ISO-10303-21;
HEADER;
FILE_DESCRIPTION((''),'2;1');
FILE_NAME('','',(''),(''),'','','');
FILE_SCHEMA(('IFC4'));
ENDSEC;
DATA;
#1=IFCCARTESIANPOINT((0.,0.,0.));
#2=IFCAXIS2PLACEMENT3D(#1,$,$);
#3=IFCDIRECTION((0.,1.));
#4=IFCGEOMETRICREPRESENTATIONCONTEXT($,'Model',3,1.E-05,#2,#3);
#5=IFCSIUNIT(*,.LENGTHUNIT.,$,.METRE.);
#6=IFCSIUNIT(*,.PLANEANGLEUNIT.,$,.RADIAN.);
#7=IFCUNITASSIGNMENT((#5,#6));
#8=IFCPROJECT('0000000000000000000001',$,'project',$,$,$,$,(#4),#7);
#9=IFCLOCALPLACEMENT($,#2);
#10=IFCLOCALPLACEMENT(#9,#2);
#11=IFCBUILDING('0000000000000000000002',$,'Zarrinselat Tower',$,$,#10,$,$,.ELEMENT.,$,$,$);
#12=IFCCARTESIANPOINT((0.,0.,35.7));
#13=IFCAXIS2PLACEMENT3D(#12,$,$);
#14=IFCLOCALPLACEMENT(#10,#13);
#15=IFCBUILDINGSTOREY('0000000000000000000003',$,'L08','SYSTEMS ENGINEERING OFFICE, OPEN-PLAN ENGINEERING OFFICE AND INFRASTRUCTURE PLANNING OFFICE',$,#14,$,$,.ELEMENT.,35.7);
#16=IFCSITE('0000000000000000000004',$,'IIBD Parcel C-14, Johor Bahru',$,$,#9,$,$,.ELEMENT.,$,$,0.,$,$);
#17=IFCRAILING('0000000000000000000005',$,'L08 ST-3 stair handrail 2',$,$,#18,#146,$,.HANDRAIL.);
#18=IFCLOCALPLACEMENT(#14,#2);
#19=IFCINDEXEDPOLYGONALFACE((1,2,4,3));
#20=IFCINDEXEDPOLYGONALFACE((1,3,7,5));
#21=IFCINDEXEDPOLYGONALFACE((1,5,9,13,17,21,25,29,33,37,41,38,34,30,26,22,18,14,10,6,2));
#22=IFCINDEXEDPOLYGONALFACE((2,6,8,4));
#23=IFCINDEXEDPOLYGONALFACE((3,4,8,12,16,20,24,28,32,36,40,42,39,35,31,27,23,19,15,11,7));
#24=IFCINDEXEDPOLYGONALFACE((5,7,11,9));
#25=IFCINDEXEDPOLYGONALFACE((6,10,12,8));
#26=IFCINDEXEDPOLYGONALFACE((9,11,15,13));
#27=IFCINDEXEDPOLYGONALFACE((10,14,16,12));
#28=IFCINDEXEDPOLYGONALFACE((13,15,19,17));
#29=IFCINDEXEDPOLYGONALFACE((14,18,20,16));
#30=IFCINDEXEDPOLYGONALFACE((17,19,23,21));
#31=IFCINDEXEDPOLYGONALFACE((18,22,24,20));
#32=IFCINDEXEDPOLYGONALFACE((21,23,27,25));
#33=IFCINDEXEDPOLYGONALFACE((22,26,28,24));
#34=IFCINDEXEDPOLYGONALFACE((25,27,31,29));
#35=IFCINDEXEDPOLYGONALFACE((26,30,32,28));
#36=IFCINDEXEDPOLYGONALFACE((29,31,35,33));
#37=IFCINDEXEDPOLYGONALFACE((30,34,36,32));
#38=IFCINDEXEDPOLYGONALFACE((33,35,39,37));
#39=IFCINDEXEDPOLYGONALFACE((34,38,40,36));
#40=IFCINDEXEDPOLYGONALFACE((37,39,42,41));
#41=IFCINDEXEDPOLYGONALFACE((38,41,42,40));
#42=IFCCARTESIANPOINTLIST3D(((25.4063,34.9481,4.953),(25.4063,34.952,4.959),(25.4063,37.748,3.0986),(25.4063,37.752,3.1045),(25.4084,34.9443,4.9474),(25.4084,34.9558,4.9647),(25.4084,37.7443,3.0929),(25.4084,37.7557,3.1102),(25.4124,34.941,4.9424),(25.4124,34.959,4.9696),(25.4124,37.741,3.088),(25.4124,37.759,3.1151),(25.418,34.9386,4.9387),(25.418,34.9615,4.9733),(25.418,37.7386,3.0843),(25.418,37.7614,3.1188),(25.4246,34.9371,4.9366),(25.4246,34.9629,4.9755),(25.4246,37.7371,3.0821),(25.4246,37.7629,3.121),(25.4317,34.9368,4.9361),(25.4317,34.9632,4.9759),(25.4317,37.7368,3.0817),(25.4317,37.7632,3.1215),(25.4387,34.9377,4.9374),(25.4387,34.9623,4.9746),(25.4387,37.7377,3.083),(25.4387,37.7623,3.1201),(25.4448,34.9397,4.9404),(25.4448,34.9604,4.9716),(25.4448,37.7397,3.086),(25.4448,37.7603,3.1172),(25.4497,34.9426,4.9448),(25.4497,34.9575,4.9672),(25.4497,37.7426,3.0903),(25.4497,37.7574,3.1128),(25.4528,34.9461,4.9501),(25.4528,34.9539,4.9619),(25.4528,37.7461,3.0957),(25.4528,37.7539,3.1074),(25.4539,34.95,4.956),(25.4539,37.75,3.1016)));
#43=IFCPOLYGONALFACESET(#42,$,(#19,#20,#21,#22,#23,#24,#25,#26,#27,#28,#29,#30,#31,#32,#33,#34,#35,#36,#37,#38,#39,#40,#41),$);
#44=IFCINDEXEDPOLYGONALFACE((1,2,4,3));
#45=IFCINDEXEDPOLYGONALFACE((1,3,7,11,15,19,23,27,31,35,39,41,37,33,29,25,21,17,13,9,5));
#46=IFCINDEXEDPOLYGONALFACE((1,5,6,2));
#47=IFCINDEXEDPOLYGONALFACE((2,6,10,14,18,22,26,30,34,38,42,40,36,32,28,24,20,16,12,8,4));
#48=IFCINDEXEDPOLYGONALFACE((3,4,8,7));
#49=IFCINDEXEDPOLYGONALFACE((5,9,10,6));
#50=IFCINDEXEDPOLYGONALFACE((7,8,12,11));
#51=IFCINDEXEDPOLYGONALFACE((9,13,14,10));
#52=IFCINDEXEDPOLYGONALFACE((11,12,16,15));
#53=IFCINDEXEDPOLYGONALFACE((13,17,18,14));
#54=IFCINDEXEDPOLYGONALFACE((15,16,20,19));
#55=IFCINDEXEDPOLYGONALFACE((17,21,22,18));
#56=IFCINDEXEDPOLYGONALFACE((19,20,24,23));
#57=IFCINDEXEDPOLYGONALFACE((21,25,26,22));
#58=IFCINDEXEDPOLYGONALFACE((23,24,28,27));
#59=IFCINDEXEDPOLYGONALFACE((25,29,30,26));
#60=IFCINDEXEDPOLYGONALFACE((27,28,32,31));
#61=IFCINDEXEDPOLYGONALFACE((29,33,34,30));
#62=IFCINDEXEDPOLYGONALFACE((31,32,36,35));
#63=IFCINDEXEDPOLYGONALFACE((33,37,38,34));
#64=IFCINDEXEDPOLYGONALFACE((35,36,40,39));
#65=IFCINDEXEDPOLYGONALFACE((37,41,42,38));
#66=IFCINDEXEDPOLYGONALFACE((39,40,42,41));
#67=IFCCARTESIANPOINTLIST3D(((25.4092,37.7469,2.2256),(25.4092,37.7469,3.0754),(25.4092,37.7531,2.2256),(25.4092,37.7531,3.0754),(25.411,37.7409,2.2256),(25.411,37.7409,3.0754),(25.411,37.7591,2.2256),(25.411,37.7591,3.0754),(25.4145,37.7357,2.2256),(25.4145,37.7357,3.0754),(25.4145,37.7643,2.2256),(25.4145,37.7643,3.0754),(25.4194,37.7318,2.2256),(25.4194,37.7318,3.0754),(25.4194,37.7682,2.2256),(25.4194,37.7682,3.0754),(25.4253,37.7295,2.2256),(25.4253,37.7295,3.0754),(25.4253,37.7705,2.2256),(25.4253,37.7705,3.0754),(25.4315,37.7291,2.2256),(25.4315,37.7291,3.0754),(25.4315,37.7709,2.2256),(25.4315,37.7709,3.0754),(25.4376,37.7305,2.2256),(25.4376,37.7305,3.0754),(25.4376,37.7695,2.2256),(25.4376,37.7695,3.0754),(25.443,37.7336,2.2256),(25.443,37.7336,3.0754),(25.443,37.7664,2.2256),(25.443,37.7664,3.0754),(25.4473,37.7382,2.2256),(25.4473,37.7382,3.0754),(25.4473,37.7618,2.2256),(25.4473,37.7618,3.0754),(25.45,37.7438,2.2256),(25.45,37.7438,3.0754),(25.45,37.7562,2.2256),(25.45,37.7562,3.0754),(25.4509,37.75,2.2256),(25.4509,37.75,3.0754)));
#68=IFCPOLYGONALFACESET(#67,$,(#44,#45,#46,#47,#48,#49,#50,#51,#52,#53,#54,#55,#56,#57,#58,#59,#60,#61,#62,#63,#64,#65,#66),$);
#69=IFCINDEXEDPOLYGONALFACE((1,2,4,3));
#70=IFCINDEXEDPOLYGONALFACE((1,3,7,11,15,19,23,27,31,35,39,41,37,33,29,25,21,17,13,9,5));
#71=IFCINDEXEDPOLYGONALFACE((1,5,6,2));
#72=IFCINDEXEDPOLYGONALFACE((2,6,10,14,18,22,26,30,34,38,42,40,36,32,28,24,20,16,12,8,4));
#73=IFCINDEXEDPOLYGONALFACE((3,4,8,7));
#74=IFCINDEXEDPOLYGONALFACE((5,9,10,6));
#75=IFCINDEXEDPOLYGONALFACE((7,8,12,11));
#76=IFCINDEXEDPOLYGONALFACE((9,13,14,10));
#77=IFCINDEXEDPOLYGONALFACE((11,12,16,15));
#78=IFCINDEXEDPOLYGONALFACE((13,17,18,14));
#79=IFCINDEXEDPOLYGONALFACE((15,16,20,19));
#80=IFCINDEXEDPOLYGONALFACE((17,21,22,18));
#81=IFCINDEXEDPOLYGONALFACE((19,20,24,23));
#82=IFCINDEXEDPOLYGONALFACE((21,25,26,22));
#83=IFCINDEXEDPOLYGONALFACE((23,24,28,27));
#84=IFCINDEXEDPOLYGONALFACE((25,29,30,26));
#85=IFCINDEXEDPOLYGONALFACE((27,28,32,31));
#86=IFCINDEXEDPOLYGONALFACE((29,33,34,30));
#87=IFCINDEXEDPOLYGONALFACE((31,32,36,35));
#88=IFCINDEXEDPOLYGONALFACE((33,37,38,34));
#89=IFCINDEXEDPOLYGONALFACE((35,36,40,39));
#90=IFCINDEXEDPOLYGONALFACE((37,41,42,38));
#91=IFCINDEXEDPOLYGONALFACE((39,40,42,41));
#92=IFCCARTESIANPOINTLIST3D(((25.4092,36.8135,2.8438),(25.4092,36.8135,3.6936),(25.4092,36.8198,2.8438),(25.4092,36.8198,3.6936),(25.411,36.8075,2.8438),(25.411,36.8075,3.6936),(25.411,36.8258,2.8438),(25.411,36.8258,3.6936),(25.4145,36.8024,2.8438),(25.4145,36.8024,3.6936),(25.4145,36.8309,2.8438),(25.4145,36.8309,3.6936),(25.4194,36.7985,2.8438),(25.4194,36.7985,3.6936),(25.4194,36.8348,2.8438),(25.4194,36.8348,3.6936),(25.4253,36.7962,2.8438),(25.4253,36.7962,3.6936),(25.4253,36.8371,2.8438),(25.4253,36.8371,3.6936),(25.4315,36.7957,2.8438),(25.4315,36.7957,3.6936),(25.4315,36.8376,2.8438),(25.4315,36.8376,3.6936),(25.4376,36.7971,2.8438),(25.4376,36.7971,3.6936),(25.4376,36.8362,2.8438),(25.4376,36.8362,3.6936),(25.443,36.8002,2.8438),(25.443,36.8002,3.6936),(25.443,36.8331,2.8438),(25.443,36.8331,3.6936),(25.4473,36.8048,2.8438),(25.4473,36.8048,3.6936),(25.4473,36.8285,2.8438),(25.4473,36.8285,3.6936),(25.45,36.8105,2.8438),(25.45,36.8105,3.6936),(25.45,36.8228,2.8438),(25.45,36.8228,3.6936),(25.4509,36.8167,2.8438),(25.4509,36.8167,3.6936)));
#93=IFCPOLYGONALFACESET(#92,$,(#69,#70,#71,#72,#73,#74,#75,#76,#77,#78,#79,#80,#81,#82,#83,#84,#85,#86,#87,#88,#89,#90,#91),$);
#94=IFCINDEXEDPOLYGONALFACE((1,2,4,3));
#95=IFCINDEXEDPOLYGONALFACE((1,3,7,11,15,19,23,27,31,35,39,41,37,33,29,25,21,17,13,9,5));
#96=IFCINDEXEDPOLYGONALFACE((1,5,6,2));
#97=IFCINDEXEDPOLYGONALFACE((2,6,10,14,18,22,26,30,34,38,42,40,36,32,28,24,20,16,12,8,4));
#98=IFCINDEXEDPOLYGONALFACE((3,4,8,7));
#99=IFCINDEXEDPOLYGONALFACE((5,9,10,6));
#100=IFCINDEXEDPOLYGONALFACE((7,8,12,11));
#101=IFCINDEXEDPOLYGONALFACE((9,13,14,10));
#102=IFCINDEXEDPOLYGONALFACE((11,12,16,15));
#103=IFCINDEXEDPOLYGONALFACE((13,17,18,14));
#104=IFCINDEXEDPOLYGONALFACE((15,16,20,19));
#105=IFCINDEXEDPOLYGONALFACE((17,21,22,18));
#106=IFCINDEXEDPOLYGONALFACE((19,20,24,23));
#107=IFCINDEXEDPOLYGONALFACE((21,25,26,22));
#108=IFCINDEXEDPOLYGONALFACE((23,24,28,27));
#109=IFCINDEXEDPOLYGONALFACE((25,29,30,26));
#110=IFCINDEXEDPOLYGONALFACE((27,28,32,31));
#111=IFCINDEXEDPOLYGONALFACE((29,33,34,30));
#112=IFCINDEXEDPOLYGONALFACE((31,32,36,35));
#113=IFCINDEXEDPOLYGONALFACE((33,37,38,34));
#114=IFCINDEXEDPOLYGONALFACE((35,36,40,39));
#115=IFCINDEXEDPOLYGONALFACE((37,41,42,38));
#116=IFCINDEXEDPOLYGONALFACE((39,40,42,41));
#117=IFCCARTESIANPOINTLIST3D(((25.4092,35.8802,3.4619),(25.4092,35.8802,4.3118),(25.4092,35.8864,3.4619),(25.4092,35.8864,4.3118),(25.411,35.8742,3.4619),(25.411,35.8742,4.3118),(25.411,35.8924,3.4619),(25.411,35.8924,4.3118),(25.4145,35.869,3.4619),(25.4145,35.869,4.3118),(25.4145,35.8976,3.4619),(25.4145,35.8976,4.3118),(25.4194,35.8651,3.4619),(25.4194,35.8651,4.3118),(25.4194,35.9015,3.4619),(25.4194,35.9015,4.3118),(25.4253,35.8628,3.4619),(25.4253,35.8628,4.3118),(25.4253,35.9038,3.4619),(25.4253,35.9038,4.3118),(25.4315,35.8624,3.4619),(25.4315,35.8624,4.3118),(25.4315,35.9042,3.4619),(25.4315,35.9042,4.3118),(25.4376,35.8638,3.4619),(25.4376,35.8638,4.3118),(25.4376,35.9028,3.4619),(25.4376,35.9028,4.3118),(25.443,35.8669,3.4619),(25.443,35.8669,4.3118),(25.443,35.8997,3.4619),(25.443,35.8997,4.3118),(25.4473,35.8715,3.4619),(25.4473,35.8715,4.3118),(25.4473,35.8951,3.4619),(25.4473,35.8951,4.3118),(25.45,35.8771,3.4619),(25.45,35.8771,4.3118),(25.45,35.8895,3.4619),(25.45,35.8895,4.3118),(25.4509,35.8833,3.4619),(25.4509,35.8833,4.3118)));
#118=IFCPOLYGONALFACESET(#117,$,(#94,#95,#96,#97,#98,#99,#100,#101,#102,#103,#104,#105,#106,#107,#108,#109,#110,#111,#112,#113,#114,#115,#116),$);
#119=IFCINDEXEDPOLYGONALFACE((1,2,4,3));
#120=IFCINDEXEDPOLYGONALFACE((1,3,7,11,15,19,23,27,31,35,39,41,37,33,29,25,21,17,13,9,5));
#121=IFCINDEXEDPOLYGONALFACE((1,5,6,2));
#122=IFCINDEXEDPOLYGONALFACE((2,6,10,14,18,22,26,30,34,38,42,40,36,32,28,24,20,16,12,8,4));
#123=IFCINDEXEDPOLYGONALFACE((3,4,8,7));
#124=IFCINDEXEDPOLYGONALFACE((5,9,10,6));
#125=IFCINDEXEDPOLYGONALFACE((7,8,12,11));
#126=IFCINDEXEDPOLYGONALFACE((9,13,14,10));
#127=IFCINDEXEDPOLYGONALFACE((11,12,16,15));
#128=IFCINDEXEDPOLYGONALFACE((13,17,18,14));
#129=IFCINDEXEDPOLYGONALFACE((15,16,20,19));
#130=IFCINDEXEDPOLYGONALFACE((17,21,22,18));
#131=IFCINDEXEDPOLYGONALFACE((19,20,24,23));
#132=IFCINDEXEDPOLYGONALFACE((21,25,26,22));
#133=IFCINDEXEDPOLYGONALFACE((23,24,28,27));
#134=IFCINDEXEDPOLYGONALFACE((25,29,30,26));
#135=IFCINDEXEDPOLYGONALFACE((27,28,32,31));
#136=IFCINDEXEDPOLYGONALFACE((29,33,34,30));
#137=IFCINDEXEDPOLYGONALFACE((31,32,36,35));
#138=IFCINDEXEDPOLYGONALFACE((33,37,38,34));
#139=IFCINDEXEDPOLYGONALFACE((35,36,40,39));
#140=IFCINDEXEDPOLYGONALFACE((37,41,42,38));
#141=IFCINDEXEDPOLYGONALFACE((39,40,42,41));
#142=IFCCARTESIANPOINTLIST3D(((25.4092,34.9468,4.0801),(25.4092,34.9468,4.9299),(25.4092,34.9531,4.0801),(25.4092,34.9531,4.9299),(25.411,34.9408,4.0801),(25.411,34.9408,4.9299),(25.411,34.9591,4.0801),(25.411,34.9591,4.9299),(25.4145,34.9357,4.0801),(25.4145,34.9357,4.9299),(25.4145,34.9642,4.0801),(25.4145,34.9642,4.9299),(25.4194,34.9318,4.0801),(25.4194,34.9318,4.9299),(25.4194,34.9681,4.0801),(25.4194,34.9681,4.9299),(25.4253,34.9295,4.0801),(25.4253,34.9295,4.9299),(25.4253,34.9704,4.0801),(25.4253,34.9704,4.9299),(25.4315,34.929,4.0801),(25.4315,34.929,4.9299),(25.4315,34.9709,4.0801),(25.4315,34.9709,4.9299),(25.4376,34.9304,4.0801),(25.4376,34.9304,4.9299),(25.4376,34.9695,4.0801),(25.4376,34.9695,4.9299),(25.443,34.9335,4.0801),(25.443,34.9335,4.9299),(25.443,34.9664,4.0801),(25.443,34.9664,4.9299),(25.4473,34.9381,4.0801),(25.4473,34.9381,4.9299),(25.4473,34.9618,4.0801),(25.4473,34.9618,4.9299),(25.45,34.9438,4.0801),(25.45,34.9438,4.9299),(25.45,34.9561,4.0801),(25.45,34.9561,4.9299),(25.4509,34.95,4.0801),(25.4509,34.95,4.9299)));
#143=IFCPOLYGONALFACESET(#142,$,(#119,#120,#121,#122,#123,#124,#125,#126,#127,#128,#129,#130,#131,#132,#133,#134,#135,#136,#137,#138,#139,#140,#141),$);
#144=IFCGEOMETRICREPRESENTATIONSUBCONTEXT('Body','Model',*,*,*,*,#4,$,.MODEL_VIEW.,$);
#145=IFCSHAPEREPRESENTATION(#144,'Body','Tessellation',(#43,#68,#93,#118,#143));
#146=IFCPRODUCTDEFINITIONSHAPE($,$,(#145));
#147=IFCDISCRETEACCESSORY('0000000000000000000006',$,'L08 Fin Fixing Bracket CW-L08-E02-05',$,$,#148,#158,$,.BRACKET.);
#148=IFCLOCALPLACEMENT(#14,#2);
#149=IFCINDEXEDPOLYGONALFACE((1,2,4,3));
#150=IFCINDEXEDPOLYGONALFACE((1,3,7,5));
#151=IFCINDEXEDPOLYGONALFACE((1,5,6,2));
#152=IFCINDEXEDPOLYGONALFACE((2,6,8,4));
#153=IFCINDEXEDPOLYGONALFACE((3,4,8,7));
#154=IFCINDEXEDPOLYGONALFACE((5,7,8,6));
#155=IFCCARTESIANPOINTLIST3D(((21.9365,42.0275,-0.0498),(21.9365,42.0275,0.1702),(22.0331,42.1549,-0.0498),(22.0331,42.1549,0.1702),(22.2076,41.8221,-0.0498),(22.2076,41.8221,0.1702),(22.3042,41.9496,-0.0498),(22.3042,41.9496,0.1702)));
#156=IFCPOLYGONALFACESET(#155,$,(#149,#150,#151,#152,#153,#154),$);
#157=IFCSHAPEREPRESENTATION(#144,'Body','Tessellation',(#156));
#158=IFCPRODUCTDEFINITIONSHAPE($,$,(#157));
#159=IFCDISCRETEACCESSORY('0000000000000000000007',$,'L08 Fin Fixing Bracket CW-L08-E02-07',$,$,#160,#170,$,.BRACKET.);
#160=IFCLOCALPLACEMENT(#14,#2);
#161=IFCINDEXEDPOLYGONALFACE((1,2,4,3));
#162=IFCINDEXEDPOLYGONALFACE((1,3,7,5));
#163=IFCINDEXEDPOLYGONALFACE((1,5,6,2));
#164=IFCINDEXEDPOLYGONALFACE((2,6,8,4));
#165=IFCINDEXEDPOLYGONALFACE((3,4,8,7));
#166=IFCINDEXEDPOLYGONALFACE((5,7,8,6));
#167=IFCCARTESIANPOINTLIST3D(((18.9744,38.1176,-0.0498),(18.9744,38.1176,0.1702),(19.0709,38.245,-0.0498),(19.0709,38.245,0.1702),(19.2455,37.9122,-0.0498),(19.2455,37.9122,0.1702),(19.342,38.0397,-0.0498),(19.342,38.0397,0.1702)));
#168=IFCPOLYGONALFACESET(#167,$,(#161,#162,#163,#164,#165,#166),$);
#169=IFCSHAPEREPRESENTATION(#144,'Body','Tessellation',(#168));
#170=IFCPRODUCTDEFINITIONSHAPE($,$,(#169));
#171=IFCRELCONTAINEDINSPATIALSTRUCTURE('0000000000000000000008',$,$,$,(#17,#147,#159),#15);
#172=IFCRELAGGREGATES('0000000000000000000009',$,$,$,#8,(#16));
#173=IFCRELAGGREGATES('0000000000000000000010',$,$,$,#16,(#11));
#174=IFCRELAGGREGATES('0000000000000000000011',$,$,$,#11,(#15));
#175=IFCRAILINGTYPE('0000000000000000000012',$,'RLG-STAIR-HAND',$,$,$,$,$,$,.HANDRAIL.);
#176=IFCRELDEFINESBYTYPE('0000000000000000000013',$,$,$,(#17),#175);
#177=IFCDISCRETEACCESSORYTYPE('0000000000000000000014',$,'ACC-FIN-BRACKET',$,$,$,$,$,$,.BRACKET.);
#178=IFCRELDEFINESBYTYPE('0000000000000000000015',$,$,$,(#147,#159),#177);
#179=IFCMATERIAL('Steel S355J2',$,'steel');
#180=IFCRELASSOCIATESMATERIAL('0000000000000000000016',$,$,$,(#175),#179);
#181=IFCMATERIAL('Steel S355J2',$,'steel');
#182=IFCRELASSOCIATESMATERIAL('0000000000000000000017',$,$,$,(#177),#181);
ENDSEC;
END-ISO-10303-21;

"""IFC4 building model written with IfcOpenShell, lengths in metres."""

from ifc_helpers import new_model, si_unit, direction, frame, origin, origin_2d, place, context, subcontext, project, spatial, rectangle, circle, extrude, material, type_object, element, save


model = new_model("IFC4")

# Units and contexts
model_context = context("Model", 3, precision=1e-05, world=origin(), true_north=direction((0.0, 1.0)))
body_context = subcontext(model_context, "Body", "Model", "MODEL_VIEW")
ifc_project = project(units=[si_unit("LENGTHUNIT", "METRE"), si_unit("PLANEANGLEUNIT", "RADIAN")], contexts=[model_context])

# Site, building, storey
site_placement = place(None, origin())
site = spatial("IfcSite", under=ifc_project, at=site_placement, Name="IIBD Parcel C-14, Johor Bahru", CompositionType="ELEMENT", RefElevation=0.0)
building_placement = place(site_placement, origin())
building = spatial("IfcBuilding", under=site, at=building_placement, Name="Zarrinselat Tower", CompositionType="ELEMENT")
storey_placement = place(building_placement, frame((0.0, 0.0, 35.7)))
storey = spatial("IfcBuildingStorey", under=building, at=storey_placement, Name="L08", Description="SYSTEMS ENGINEERING OFFICE, OPEN-PLAN ENGINEERING OFFICE AND INFRASTRUCTURE PLANNING OFFICE", CompositionType="ELEMENT", Elevation=35.7)

# Railing
ifc_material_1 = material(Name="Steel S355J2", Category="steel")
railing_type_1 = type_object("IfcRailingType", Name="RLG-STAIR-HAND", PredefinedType="HANDRAIL", material=ifc_material_1)
railing_1_placement = place(storey_placement, frame((25.4299, 37.75, 2.2256)))
element("IfcRailing", 1, at=railing_1_placement, inside=storey, type_object=railing_type_1, Name="L08 ST-3 stair handrail 2", PredefinedType="HANDRAIL", context=body_context, shape_type="SweptSolid", body=[
    extrude(circle(Radius=0.0239, at=origin_2d()), frame((0.0, 0.0, 0.876), z_axis=(0.0, -0.833724, 0.552181), x_axis=(1.0, 0.0, 0.0)), (0.0, 0.0, 1.0), 3.3584),
    extrude(circle(Radius=0.021, at=origin_2d()), origin(), (0.0, 0.0, 1.0), 0.8499),
    extrude(circle(Radius=0.021, at=origin_2d()), frame((0.0, -0.9333, 0.6182)), (0.0, 0.0, 1.0), 0.8499),
    extrude(circle(Radius=0.021, at=origin_2d()), frame((0.0, -1.8667, 1.2363)), (0.0, 0.0, 1.0), 0.8499),
    extrude(circle(Radius=0.021, at=origin_2d()), frame((0.0, -2.8, 1.8545)), (0.0, 0.0, 1.0), 0.8499),
])

# Discrete accessories
ifc_material_2 = material(Name="Steel S355J2", Category="steel")
discrete_accessory_type = type_object("IfcDiscreteAccessoryType", Name="ACC-FIN-BRACKET", PredefinedType="BRACKET", material=ifc_material_2)
for number, where, z_axis, x_axis, name in (
    (2, (22.1204, 41.9885, -0.0498), (0.0, 0.0, 1.0), (-0.797091, 0.603859, 0.0), "L08 Fin Fixing Bracket CW-L08-E02-05"),
    (3, (19.1582, 38.0786, -0.0498), (0.0, 0.0, 1.0), (-0.797091, 0.603859, 0.0), "L08 Fin Fixing Bracket CW-L08-E02-07"),
):
    element("IfcDiscreteAccessory", number, at=place(storey_placement, frame(where, z_axis=z_axis, x_axis=x_axis)), inside=storey, type_object=discrete_accessory_type, Name=name, PredefinedType="BRACKET", context=body_context, shape_type="SweptSolid", body=[
        extrude(rectangle(XDim=0.3401, YDim=0.1599, at=origin_2d()), origin(), (0.0, 0.0, 1.0), 0.22),
    ])

save(model, "model.ifc")
